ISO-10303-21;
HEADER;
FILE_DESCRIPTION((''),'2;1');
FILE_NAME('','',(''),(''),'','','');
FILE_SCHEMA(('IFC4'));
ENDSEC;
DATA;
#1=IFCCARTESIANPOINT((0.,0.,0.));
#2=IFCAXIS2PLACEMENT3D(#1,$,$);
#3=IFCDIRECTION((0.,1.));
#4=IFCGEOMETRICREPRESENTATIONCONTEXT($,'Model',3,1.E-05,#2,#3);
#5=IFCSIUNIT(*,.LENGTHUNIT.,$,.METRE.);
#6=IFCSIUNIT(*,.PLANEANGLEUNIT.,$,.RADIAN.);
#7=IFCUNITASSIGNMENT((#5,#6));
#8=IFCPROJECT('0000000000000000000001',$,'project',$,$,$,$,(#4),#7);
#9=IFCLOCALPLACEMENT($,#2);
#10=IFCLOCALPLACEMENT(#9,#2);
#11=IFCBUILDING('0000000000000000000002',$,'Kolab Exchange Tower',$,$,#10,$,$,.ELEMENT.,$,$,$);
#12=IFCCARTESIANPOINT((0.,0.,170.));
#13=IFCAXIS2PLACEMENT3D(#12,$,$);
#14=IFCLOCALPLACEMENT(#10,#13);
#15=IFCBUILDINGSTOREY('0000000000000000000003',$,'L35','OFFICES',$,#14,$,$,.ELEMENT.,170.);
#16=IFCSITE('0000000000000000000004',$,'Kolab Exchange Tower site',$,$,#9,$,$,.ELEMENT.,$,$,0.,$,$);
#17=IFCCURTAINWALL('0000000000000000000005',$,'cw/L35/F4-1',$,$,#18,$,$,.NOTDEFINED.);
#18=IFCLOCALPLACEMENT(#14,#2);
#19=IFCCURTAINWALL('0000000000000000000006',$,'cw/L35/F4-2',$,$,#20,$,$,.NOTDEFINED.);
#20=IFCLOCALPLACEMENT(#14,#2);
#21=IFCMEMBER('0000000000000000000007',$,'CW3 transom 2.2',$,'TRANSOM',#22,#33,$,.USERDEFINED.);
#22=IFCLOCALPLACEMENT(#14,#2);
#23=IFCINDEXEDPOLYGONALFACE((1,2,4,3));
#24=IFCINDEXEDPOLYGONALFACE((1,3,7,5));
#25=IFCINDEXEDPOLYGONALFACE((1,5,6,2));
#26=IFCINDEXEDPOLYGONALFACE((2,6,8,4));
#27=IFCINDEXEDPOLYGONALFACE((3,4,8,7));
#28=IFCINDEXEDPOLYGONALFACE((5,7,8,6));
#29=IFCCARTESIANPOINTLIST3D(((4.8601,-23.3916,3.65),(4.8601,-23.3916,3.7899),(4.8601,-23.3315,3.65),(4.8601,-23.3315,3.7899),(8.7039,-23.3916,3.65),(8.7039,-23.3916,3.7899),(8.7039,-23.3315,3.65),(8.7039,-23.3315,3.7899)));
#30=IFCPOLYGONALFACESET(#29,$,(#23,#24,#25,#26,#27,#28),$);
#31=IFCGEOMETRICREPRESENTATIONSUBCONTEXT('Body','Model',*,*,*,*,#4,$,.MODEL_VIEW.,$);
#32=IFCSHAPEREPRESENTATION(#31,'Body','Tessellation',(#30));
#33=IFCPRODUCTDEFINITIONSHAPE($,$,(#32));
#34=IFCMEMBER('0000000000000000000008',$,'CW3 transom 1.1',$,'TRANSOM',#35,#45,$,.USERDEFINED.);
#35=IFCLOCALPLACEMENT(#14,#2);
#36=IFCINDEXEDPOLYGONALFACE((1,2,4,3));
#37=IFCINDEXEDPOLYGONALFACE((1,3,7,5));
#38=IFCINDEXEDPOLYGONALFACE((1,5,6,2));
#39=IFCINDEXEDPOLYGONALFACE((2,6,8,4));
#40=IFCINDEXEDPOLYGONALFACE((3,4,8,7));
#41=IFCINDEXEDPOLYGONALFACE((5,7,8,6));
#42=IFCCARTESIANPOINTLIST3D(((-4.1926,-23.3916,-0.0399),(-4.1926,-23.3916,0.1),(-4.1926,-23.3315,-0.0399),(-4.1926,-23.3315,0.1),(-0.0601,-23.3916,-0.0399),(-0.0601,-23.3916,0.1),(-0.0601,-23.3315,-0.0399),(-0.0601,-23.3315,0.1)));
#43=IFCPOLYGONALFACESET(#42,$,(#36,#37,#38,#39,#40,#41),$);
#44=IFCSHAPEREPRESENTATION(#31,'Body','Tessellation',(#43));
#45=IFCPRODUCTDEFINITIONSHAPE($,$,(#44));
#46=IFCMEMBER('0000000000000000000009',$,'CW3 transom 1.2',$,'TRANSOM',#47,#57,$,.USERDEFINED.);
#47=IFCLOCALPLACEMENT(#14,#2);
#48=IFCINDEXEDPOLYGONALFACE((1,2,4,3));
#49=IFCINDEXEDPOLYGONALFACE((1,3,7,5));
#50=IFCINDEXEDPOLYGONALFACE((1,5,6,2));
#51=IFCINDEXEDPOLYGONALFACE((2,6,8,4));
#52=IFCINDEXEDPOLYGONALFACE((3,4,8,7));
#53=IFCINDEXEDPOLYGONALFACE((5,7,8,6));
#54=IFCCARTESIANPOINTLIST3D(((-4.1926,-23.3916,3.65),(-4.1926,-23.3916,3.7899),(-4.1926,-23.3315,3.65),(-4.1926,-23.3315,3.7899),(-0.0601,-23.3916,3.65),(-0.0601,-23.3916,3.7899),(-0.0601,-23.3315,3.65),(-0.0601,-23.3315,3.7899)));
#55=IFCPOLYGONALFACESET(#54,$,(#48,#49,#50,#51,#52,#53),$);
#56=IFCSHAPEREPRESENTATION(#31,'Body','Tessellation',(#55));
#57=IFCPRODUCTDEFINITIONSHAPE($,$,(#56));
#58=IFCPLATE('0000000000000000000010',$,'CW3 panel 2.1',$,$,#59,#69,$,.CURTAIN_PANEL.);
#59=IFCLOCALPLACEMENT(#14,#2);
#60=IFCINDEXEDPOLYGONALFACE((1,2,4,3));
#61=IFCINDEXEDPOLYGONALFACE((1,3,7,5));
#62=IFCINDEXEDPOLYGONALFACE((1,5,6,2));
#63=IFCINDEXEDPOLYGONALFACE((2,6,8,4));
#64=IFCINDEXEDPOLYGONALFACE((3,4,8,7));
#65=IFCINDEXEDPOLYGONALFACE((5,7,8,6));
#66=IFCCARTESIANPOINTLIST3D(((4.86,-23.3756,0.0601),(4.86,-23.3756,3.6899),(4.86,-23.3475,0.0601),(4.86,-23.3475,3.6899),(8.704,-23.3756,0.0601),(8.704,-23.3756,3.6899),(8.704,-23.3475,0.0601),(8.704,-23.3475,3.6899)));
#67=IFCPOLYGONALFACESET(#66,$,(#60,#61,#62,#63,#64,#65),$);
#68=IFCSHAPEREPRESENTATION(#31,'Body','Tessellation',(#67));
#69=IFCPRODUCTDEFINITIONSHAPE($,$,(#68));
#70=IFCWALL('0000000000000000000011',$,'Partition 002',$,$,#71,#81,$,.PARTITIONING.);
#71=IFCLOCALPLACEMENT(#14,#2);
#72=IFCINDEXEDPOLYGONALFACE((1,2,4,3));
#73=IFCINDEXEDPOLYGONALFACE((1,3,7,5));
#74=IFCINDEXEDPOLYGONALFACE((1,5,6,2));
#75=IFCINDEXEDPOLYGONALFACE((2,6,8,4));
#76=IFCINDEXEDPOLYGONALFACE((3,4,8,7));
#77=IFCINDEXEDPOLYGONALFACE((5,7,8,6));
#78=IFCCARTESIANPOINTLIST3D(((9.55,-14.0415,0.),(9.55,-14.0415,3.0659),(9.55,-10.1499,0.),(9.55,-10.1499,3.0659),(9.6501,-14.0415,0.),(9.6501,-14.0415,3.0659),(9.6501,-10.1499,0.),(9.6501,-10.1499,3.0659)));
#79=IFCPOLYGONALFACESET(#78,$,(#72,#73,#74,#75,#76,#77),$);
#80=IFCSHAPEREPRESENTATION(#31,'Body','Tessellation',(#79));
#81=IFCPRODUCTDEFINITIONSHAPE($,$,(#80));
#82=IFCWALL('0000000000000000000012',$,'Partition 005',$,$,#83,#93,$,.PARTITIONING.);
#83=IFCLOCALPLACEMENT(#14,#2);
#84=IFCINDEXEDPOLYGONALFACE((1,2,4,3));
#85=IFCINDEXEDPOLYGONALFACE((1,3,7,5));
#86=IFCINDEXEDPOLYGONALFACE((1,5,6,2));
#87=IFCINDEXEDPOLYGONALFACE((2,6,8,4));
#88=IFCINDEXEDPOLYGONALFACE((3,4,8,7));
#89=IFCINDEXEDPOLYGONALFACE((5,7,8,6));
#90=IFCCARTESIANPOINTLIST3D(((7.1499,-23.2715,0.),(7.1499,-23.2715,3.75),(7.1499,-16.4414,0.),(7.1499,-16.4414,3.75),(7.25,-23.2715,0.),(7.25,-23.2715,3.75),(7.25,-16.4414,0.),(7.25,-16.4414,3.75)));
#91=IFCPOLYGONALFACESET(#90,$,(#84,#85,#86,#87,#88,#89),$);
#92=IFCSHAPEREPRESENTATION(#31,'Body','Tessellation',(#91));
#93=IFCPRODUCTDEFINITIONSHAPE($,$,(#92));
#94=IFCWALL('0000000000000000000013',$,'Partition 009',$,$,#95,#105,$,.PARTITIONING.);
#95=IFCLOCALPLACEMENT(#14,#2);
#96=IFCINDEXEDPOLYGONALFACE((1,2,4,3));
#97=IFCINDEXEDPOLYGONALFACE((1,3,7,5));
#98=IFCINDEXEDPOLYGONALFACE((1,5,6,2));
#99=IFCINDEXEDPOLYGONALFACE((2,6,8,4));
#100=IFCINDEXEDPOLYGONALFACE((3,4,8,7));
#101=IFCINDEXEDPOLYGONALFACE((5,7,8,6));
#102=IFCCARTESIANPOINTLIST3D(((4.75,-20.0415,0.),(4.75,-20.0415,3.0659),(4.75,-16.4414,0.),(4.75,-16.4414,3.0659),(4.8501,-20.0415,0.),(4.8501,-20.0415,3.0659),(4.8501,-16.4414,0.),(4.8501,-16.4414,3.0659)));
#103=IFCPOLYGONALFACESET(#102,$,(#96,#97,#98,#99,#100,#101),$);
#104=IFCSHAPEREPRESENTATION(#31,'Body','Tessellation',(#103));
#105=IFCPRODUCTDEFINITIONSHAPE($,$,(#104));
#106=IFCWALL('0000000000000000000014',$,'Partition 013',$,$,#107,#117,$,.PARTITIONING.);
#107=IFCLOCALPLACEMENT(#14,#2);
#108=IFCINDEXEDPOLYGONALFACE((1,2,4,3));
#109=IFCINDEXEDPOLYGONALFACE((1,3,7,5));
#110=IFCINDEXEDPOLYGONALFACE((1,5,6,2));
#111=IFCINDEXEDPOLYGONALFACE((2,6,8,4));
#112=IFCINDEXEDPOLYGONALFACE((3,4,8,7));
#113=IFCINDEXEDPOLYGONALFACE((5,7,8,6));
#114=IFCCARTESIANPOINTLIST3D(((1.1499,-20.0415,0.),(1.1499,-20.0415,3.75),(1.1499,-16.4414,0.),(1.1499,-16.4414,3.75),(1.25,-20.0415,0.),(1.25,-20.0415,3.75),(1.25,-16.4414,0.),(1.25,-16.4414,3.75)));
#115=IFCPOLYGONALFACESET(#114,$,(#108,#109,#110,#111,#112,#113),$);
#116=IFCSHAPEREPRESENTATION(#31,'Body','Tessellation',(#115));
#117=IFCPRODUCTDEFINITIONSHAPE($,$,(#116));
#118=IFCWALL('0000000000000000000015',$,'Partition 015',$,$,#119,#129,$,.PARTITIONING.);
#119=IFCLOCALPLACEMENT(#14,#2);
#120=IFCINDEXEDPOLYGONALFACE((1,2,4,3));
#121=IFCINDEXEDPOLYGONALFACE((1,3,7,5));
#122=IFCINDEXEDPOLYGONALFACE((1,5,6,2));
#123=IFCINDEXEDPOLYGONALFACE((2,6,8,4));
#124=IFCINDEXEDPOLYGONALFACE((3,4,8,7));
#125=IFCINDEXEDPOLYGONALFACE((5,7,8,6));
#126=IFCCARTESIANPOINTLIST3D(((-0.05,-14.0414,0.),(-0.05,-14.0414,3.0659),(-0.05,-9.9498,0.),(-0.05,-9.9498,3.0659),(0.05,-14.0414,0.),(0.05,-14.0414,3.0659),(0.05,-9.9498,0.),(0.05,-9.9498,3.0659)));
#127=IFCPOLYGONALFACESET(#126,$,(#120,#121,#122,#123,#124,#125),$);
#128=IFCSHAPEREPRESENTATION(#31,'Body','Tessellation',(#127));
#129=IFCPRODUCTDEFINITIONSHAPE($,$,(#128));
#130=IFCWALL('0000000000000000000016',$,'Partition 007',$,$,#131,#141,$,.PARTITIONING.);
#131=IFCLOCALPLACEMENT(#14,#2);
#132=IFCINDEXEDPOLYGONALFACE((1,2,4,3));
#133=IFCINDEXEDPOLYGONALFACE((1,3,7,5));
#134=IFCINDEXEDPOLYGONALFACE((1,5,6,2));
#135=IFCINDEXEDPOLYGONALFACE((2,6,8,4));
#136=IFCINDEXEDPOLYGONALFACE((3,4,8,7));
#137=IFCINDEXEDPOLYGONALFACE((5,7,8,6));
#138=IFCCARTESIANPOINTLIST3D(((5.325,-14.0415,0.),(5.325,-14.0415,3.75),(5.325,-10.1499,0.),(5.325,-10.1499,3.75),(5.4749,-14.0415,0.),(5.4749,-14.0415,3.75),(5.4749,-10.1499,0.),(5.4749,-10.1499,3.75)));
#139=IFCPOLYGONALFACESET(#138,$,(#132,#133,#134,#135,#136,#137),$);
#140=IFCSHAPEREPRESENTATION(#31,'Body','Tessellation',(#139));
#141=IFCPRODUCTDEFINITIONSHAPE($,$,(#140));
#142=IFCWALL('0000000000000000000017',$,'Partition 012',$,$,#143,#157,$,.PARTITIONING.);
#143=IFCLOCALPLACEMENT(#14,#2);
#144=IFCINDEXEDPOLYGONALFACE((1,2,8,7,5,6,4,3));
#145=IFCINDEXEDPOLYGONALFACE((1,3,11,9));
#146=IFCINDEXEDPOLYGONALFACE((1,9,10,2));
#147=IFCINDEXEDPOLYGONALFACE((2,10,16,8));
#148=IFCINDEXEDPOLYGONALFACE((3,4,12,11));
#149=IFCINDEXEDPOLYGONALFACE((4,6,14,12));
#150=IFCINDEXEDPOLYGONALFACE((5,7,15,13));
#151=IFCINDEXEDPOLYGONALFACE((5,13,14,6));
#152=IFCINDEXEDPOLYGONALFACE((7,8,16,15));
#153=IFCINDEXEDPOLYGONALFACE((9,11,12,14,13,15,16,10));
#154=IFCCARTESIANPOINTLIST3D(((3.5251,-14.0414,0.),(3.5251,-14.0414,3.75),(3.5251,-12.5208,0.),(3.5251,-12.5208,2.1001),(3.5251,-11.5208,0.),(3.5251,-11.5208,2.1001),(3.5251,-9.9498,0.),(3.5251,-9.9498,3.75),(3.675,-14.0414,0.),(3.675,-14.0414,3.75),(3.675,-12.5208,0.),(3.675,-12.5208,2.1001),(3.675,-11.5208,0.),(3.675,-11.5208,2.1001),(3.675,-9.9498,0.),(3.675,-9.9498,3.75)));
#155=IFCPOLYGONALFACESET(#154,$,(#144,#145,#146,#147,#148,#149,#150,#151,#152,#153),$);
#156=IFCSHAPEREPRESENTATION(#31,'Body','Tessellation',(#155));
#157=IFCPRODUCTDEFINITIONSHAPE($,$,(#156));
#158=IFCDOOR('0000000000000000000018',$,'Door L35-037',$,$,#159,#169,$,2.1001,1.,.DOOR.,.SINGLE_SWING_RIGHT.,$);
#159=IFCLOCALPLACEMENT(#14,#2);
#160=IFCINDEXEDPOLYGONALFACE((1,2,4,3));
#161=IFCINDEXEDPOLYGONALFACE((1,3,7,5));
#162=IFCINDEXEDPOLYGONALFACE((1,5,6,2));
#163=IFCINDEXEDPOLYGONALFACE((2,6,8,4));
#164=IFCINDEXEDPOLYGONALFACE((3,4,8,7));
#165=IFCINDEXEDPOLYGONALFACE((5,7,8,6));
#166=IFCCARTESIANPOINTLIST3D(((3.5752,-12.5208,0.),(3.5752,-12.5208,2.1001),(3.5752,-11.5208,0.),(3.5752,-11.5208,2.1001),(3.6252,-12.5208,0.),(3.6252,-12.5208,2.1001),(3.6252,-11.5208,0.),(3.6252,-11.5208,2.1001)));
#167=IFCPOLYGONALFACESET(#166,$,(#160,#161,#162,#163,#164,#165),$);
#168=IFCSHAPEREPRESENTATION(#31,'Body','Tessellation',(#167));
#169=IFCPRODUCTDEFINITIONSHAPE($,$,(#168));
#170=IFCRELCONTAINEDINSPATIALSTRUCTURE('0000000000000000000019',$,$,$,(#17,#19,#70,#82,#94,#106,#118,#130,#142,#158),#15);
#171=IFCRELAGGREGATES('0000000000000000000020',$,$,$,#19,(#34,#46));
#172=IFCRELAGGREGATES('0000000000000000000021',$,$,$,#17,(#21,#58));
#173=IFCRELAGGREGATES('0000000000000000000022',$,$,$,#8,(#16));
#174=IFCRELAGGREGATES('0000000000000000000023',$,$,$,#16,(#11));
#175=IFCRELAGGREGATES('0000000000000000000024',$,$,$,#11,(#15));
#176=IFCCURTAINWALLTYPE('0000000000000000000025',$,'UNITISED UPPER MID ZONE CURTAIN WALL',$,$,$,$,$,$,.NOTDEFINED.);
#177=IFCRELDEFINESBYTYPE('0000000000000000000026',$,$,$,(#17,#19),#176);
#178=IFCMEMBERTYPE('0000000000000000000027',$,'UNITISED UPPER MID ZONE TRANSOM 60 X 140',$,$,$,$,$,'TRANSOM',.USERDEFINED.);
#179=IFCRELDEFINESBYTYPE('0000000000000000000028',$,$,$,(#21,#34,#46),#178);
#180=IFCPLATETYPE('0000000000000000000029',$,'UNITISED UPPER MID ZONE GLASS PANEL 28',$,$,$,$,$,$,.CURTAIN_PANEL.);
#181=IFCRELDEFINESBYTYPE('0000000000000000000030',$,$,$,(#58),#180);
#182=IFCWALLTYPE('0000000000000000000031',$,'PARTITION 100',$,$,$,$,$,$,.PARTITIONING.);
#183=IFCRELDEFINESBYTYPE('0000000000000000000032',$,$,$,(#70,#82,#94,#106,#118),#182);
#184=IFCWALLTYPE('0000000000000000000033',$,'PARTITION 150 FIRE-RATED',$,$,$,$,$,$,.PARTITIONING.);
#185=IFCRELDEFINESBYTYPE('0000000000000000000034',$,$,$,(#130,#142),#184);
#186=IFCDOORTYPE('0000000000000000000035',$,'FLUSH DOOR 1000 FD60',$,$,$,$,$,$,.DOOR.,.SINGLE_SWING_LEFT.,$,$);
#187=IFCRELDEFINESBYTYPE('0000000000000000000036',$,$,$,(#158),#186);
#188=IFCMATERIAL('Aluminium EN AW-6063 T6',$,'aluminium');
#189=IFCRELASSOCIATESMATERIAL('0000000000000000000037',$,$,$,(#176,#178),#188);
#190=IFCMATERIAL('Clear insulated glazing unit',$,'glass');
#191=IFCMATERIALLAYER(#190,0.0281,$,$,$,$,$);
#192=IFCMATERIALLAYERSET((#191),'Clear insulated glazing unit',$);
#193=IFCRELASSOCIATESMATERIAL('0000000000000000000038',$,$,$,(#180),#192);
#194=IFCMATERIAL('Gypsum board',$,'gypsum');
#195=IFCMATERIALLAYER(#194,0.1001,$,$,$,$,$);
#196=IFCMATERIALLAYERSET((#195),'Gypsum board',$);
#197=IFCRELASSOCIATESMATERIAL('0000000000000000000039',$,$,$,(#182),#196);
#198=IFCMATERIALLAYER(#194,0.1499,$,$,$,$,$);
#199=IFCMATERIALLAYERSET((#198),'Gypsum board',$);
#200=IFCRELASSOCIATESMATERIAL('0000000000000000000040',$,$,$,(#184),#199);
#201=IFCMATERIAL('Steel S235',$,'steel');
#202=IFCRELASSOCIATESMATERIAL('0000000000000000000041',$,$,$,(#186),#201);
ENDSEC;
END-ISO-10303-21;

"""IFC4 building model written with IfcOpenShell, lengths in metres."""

from ifc_helpers import new_model, si_unit, direction, frame, frame_2d, origin, origin_2d, place, context, subcontext, project, spatial, rectangle, extrude, material, layer, layer_set, material_profile, profile_set, type_object, element, fill, aggregate, save


model = new_model("IFC4")

# Units and contexts
model_context = context("Model", 3, precision=1e-05, world=origin(), true_north=direction((0.0, 1.0)))
body_context = subcontext(model_context, "Body", "Model", "MODEL_VIEW")
ifc_project = project(units=[si_unit("LENGTHUNIT", "METRE"), si_unit("PLANEANGLEUNIT", "RADIAN")], contexts=[model_context])

# Site, building, storey
site_placement = place(None, origin())
site = spatial("IfcSite", under=ifc_project, at=site_placement, Name="Kolab Exchange Tower site", CompositionType="ELEMENT", RefElevation=0.0)
building_placement = place(site_placement, origin())
building = spatial("IfcBuilding", under=site, at=building_placement, Name="Kolab Exchange Tower", CompositionType="ELEMENT")
storey_placement = place(building_placement, frame((0.0, 0.0, 170.0)))
storey = spatial("IfcBuildingStorey", under=building, at=storey_placement, Name="L35", Description="OFFICES", CompositionType="ELEMENT", Elevation=170.0)

# Curtain wall
ifc_material_1 = material(Name="Aluminium EN AW-6063 T6", Category="aluminium")
curtain_wall_type = type_object("IfcCurtainWallType", Name="UNITISED UPPER MID ZONE CURTAIN WALL", PredefinedType="NOTDEFINED", material=ifc_material_1)
curtain_wall_1_placement = place(storey_placement, origin())
curtain_wall_1 = element("IfcCurtainWall", 1, at=curtain_wall_1_placement, inside=storey, type_object=curtain_wall_type, Name="cw/L35/F4-1", PredefinedType="NOTDEFINED")

# Curtain wall
curtain_wall_2_placement = place(storey_placement, origin())
curtain_wall_2 = element("IfcCurtainWall", 2, at=curtain_wall_2_placement, inside=storey, type_object=curtain_wall_type, Name="cw/L35/F4-2", PredefinedType="NOTDEFINED")

# Members
ifc_material_profile_1 = material_profile(ifc_material_1, rectangle(XDim=0.0601, YDim=0.1399, at=origin_2d()), Name="RECT 60X140")
ifc_profile_set_1 = profile_set([ifc_material_profile_1], Name="Aluminium EN AW-6063 T6")
member_type_1 = type_object("IfcMemberType", Name="UNITISED UPPER MID ZONE TRANSOM 60 X 140", ElementType="TRANSOM", PredefinedType="USERDEFINED", material=ifc_profile_set_1)
member_1_placement = place(storey_placement, frame((8.7039, -23.3616, 3.72), z_axis=(-1.0, 0.0, 0.0), x_axis=(0.0, -1.0, 0.0)))
member_1 = element("IfcMember", 3, at=member_1_placement, type_object=member_type_1, Name="CW3 transom 2.2", ObjectType="TRANSOM", PredefinedType="USERDEFINED", context=body_context, shape_type="SweptSolid", body=[
    extrude(rectangle(XDim=0.0601, YDim=0.1399, at=origin_2d()), origin(), (0.0, 0.0, 1.0), 3.8438),
])
member_2_placement = place(storey_placement, frame((-0.0601, -23.3616, 0.03), z_axis=(-1.0, 0.0, 0.0), x_axis=(0.0, -1.0, 0.0)))
member_2 = element("IfcMember", 4, at=member_2_placement, type_object=member_type_1, Name="CW3 transom 1.1", ObjectType="TRANSOM", PredefinedType="USERDEFINED", context=body_context, shape_type="SweptSolid", body=[
    extrude(rectangle(XDim=0.0601, YDim=0.1399, at=origin_2d()), origin(), (0.0, 0.0, 1.0), 4.1326),
])
member_3_placement = place(storey_placement, frame((-0.0601, -23.3616, 3.72), z_axis=(-1.0, 0.0, 0.0), x_axis=(0.0, -1.0, 0.0)))
member_3 = element("IfcMember", 5, at=member_3_placement, type_object=member_type_1, Name="CW3 transom 1.2", ObjectType="TRANSOM", PredefinedType="USERDEFINED", context=body_context, shape_type="SweptSolid", body=[
    extrude(rectangle(XDim=0.0601, YDim=0.1399, at=origin_2d()), origin(), (0.0, 0.0, 1.0), 4.1326),
])
aggregate(curtain_wall_2, [member_2, member_3])

# Plate
ifc_material_2 = material(Name="Clear insulated glazing unit", Category="glass")
ifc_layer_1 = layer(ifc_material_2, 0.0281)
ifc_layer_set_1 = layer_set([ifc_layer_1], Name="Clear insulated glazing unit")
plate_type = type_object("IfcPlateType", Name="UNITISED UPPER MID ZONE GLASS PANEL 28", PredefinedType="CURTAIN_PANEL", material=ifc_layer_set_1)
plate_placement = place(storey_placement, frame((6.782, -23.3616, 0.0601), z_axis=(0.0, 0.0, 1.0), x_axis=(-1.0, 0.0, 0.0)))
plate = element("IfcPlate", 6, at=plate_placement, type_object=plate_type, Name="CW3 panel 2.1", PredefinedType="CURTAIN_PANEL", context=body_context, shape_type="SweptSolid", body=[
    extrude(rectangle(XDim=3.844, YDim=0.0281, at=origin_2d()), origin(), (0.0, 0.0, 1.0), 3.6299),
])
aggregate(curtain_wall_1, [member_1, plate])

# Walls
ifc_material_3 = material(Name="Gypsum board", Category="gypsum")
ifc_layer_2 = layer(ifc_material_3, 0.1001)
ifc_layer_set_2 = layer_set([ifc_layer_2], Name="Gypsum board")
wall_type_1 = type_object("IfcWallType", Name="PARTITION 100", PredefinedType="PARTITIONING", material=ifc_layer_set_2)
wall_1_placement = place(storey_placement, frame((9.6001, -14.0415, 0.0), z_axis=(0.0, 0.0, 1.0), x_axis=(0.0, 1.0, 0.0)))
element("IfcWall", 7, at=wall_1_placement, inside=storey, type_object=wall_type_1, Name="Partition 002", PredefinedType="PARTITIONING", context=body_context, shape_type="SweptSolid", body=[
    extrude(rectangle(XDim=3.8916, YDim=0.1001, at=frame_2d((1.9458, 0.0))), origin(), (0.0, 0.0, 1.0), 3.0659),
])
wall_2_placement = place(storey_placement, frame((7.2, -23.2715, 0.0), z_axis=(0.0, 0.0, 1.0), x_axis=(0.0, 1.0, 0.0)))
element("IfcWall", 8, at=wall_2_placement, inside=storey, type_object=wall_type_1, Name="Partition 005", PredefinedType="PARTITIONING", context=body_context, shape_type="SweptSolid", body=[
    extrude(rectangle(XDim=6.8301, YDim=0.1001, at=frame_2d((3.415, 0.0))), origin(), (0.0, 0.0, 1.0), 3.75),
])
wall_3_placement = place(storey_placement, frame((4.8, -20.0415, 0.0), z_axis=(0.0, 0.0, 1.0), x_axis=(0.0, 1.0, 0.0)))
element("IfcWall", 9, at=wall_3_placement, inside=storey, type_object=wall_type_1, Name="Partition 009", PredefinedType="PARTITIONING", context=body_context, shape_type="SweptSolid", body=[
    extrude(rectangle(XDim=3.6001, YDim=0.1001, at=frame_2d((1.8, 0.0))), origin(), (0.0, 0.0, 1.0), 3.0659),
])
wall_4_placement = place(storey_placement, frame((1.2, -20.0415, 0.0), z_axis=(0.0, 0.0, 1.0), x_axis=(0.0, 1.0, 0.0)))
element("IfcWall", 10, at=wall_4_placement, inside=storey, type_object=wall_type_1, Name="Partition 013", PredefinedType="PARTITIONING", context=body_context, shape_type="SweptSolid", body=[
    extrude(rectangle(XDim=3.6001, YDim=0.1001, at=frame_2d((1.8, 0.0))), origin(), (0.0, 0.0, 1.0), 3.75),
])
wall_5_placement = place(storey_placement, frame((0.0, -14.0415, 0.0), z_axis=(0.0, 0.0, 1.0), x_axis=(0.0, 1.0, 0.0)))
element("IfcWall", 11, at=wall_5_placement, inside=storey, type_object=wall_type_1, Name="Partition 015", PredefinedType="PARTITIONING", context=body_context, shape_type="SweptSolid", body=[
    extrude(rectangle(XDim=4.0916, YDim=0.1001, at=frame_2d((2.0459, 0.0))), origin(), (0.0, 0.0, 1.0), 3.0659),
])
ifc_layer_3 = layer(ifc_material_3, 0.1499)
ifc_layer_set_3 = layer_set([ifc_layer_3], Name="Gypsum board")
wall_type_2 = type_object("IfcWallType", Name="PARTITION 150 FIRE-RATED", PredefinedType="PARTITIONING", material=ifc_layer_set_3)
wall_6_placement = place(storey_placement, frame((5.3999, -14.0415, 0.0), z_axis=(0.0, 0.0, 1.0), x_axis=(0.0, 1.0, 0.0)))
element("IfcWall", 12, at=wall_6_placement, inside=storey, type_object=wall_type_2, Name="Partition 007", PredefinedType="PARTITIONING", context=body_context, shape_type="SweptSolid", body=[
    extrude(rectangle(XDim=3.8916, YDim=0.1499, at=frame_2d((1.9458, 0.0))), origin(), (0.0, 0.0, 1.0), 3.75),
])

# Wall, opening, door
wall_7_placement = place(storey_placement, frame((3.6001, -14.0415, 0.0), z_axis=(0.0, 0.0, 1.0), x_axis=(0.0, 1.0, 0.0)))
wall_7 = element("IfcWall", 13, at=wall_7_placement, inside=storey, type_object=wall_type_2, Name="Partition 012", PredefinedType="PARTITIONING", context=body_context, shape_type="SweptSolid", body=[
    extrude(rectangle(XDim=4.0916, YDim=0.1499, at=frame_2d((2.0459, 0.0))), origin(), (0.0, 0.0, 1.0), 3.75),
])
opening_1_placement = place(wall_7_placement, frame((1.5208, 0.0, 0.0)))
opening_1 = element("IfcOpeningElement", 14, at=opening_1_placement, cuts=wall_7, PredefinedType="OPENING", context=body_context, shape_type="SweptSolid", body=[
    extrude(rectangle(XDim=1.0, YDim=2.1001, at=frame_2d((0.5, 1.05))), frame((0.0, 0.085, 0.0), z_axis=(0.0, -1.0, 0.0), x_axis=(1.0, 0.0, 0.0)), (0.0, 0.0, 1.0), 0.1699),
])
ifc_material_4 = material(Name="Steel S235", Category="steel")
door_type_1 = type_object("IfcDoorType", Name="FLUSH DOOR 1000 FD60", OperationType="SINGLE_SWING_LEFT", PredefinedType="DOOR", material=ifc_material_4)
door_1_placement = place(opening_1_placement, origin())
door_1 = element("IfcDoor", 15, at=door_1_placement, inside=storey, type_object=door_type_1, Name="Door L35-037", OperationType="SINGLE_SWING_RIGHT", OverallHeight=2.1001, OverallWidth=1.0, PredefinedType="DOOR", context=body_context, shape_type="SweptSolid", body=[
    extrude(rectangle(XDim=1.0, YDim=2.1001, at=frame_2d((0.5, 1.05))), frame((0.0, 0.0249, 0.0), z_axis=(0.0, -1.0, 0.0), x_axis=(1.0, 0.0, 0.0)), (0.0, 0.0, 1.0), 0.05),
])
fill(opening_1, door_1)

save(model, "model.ifc")
